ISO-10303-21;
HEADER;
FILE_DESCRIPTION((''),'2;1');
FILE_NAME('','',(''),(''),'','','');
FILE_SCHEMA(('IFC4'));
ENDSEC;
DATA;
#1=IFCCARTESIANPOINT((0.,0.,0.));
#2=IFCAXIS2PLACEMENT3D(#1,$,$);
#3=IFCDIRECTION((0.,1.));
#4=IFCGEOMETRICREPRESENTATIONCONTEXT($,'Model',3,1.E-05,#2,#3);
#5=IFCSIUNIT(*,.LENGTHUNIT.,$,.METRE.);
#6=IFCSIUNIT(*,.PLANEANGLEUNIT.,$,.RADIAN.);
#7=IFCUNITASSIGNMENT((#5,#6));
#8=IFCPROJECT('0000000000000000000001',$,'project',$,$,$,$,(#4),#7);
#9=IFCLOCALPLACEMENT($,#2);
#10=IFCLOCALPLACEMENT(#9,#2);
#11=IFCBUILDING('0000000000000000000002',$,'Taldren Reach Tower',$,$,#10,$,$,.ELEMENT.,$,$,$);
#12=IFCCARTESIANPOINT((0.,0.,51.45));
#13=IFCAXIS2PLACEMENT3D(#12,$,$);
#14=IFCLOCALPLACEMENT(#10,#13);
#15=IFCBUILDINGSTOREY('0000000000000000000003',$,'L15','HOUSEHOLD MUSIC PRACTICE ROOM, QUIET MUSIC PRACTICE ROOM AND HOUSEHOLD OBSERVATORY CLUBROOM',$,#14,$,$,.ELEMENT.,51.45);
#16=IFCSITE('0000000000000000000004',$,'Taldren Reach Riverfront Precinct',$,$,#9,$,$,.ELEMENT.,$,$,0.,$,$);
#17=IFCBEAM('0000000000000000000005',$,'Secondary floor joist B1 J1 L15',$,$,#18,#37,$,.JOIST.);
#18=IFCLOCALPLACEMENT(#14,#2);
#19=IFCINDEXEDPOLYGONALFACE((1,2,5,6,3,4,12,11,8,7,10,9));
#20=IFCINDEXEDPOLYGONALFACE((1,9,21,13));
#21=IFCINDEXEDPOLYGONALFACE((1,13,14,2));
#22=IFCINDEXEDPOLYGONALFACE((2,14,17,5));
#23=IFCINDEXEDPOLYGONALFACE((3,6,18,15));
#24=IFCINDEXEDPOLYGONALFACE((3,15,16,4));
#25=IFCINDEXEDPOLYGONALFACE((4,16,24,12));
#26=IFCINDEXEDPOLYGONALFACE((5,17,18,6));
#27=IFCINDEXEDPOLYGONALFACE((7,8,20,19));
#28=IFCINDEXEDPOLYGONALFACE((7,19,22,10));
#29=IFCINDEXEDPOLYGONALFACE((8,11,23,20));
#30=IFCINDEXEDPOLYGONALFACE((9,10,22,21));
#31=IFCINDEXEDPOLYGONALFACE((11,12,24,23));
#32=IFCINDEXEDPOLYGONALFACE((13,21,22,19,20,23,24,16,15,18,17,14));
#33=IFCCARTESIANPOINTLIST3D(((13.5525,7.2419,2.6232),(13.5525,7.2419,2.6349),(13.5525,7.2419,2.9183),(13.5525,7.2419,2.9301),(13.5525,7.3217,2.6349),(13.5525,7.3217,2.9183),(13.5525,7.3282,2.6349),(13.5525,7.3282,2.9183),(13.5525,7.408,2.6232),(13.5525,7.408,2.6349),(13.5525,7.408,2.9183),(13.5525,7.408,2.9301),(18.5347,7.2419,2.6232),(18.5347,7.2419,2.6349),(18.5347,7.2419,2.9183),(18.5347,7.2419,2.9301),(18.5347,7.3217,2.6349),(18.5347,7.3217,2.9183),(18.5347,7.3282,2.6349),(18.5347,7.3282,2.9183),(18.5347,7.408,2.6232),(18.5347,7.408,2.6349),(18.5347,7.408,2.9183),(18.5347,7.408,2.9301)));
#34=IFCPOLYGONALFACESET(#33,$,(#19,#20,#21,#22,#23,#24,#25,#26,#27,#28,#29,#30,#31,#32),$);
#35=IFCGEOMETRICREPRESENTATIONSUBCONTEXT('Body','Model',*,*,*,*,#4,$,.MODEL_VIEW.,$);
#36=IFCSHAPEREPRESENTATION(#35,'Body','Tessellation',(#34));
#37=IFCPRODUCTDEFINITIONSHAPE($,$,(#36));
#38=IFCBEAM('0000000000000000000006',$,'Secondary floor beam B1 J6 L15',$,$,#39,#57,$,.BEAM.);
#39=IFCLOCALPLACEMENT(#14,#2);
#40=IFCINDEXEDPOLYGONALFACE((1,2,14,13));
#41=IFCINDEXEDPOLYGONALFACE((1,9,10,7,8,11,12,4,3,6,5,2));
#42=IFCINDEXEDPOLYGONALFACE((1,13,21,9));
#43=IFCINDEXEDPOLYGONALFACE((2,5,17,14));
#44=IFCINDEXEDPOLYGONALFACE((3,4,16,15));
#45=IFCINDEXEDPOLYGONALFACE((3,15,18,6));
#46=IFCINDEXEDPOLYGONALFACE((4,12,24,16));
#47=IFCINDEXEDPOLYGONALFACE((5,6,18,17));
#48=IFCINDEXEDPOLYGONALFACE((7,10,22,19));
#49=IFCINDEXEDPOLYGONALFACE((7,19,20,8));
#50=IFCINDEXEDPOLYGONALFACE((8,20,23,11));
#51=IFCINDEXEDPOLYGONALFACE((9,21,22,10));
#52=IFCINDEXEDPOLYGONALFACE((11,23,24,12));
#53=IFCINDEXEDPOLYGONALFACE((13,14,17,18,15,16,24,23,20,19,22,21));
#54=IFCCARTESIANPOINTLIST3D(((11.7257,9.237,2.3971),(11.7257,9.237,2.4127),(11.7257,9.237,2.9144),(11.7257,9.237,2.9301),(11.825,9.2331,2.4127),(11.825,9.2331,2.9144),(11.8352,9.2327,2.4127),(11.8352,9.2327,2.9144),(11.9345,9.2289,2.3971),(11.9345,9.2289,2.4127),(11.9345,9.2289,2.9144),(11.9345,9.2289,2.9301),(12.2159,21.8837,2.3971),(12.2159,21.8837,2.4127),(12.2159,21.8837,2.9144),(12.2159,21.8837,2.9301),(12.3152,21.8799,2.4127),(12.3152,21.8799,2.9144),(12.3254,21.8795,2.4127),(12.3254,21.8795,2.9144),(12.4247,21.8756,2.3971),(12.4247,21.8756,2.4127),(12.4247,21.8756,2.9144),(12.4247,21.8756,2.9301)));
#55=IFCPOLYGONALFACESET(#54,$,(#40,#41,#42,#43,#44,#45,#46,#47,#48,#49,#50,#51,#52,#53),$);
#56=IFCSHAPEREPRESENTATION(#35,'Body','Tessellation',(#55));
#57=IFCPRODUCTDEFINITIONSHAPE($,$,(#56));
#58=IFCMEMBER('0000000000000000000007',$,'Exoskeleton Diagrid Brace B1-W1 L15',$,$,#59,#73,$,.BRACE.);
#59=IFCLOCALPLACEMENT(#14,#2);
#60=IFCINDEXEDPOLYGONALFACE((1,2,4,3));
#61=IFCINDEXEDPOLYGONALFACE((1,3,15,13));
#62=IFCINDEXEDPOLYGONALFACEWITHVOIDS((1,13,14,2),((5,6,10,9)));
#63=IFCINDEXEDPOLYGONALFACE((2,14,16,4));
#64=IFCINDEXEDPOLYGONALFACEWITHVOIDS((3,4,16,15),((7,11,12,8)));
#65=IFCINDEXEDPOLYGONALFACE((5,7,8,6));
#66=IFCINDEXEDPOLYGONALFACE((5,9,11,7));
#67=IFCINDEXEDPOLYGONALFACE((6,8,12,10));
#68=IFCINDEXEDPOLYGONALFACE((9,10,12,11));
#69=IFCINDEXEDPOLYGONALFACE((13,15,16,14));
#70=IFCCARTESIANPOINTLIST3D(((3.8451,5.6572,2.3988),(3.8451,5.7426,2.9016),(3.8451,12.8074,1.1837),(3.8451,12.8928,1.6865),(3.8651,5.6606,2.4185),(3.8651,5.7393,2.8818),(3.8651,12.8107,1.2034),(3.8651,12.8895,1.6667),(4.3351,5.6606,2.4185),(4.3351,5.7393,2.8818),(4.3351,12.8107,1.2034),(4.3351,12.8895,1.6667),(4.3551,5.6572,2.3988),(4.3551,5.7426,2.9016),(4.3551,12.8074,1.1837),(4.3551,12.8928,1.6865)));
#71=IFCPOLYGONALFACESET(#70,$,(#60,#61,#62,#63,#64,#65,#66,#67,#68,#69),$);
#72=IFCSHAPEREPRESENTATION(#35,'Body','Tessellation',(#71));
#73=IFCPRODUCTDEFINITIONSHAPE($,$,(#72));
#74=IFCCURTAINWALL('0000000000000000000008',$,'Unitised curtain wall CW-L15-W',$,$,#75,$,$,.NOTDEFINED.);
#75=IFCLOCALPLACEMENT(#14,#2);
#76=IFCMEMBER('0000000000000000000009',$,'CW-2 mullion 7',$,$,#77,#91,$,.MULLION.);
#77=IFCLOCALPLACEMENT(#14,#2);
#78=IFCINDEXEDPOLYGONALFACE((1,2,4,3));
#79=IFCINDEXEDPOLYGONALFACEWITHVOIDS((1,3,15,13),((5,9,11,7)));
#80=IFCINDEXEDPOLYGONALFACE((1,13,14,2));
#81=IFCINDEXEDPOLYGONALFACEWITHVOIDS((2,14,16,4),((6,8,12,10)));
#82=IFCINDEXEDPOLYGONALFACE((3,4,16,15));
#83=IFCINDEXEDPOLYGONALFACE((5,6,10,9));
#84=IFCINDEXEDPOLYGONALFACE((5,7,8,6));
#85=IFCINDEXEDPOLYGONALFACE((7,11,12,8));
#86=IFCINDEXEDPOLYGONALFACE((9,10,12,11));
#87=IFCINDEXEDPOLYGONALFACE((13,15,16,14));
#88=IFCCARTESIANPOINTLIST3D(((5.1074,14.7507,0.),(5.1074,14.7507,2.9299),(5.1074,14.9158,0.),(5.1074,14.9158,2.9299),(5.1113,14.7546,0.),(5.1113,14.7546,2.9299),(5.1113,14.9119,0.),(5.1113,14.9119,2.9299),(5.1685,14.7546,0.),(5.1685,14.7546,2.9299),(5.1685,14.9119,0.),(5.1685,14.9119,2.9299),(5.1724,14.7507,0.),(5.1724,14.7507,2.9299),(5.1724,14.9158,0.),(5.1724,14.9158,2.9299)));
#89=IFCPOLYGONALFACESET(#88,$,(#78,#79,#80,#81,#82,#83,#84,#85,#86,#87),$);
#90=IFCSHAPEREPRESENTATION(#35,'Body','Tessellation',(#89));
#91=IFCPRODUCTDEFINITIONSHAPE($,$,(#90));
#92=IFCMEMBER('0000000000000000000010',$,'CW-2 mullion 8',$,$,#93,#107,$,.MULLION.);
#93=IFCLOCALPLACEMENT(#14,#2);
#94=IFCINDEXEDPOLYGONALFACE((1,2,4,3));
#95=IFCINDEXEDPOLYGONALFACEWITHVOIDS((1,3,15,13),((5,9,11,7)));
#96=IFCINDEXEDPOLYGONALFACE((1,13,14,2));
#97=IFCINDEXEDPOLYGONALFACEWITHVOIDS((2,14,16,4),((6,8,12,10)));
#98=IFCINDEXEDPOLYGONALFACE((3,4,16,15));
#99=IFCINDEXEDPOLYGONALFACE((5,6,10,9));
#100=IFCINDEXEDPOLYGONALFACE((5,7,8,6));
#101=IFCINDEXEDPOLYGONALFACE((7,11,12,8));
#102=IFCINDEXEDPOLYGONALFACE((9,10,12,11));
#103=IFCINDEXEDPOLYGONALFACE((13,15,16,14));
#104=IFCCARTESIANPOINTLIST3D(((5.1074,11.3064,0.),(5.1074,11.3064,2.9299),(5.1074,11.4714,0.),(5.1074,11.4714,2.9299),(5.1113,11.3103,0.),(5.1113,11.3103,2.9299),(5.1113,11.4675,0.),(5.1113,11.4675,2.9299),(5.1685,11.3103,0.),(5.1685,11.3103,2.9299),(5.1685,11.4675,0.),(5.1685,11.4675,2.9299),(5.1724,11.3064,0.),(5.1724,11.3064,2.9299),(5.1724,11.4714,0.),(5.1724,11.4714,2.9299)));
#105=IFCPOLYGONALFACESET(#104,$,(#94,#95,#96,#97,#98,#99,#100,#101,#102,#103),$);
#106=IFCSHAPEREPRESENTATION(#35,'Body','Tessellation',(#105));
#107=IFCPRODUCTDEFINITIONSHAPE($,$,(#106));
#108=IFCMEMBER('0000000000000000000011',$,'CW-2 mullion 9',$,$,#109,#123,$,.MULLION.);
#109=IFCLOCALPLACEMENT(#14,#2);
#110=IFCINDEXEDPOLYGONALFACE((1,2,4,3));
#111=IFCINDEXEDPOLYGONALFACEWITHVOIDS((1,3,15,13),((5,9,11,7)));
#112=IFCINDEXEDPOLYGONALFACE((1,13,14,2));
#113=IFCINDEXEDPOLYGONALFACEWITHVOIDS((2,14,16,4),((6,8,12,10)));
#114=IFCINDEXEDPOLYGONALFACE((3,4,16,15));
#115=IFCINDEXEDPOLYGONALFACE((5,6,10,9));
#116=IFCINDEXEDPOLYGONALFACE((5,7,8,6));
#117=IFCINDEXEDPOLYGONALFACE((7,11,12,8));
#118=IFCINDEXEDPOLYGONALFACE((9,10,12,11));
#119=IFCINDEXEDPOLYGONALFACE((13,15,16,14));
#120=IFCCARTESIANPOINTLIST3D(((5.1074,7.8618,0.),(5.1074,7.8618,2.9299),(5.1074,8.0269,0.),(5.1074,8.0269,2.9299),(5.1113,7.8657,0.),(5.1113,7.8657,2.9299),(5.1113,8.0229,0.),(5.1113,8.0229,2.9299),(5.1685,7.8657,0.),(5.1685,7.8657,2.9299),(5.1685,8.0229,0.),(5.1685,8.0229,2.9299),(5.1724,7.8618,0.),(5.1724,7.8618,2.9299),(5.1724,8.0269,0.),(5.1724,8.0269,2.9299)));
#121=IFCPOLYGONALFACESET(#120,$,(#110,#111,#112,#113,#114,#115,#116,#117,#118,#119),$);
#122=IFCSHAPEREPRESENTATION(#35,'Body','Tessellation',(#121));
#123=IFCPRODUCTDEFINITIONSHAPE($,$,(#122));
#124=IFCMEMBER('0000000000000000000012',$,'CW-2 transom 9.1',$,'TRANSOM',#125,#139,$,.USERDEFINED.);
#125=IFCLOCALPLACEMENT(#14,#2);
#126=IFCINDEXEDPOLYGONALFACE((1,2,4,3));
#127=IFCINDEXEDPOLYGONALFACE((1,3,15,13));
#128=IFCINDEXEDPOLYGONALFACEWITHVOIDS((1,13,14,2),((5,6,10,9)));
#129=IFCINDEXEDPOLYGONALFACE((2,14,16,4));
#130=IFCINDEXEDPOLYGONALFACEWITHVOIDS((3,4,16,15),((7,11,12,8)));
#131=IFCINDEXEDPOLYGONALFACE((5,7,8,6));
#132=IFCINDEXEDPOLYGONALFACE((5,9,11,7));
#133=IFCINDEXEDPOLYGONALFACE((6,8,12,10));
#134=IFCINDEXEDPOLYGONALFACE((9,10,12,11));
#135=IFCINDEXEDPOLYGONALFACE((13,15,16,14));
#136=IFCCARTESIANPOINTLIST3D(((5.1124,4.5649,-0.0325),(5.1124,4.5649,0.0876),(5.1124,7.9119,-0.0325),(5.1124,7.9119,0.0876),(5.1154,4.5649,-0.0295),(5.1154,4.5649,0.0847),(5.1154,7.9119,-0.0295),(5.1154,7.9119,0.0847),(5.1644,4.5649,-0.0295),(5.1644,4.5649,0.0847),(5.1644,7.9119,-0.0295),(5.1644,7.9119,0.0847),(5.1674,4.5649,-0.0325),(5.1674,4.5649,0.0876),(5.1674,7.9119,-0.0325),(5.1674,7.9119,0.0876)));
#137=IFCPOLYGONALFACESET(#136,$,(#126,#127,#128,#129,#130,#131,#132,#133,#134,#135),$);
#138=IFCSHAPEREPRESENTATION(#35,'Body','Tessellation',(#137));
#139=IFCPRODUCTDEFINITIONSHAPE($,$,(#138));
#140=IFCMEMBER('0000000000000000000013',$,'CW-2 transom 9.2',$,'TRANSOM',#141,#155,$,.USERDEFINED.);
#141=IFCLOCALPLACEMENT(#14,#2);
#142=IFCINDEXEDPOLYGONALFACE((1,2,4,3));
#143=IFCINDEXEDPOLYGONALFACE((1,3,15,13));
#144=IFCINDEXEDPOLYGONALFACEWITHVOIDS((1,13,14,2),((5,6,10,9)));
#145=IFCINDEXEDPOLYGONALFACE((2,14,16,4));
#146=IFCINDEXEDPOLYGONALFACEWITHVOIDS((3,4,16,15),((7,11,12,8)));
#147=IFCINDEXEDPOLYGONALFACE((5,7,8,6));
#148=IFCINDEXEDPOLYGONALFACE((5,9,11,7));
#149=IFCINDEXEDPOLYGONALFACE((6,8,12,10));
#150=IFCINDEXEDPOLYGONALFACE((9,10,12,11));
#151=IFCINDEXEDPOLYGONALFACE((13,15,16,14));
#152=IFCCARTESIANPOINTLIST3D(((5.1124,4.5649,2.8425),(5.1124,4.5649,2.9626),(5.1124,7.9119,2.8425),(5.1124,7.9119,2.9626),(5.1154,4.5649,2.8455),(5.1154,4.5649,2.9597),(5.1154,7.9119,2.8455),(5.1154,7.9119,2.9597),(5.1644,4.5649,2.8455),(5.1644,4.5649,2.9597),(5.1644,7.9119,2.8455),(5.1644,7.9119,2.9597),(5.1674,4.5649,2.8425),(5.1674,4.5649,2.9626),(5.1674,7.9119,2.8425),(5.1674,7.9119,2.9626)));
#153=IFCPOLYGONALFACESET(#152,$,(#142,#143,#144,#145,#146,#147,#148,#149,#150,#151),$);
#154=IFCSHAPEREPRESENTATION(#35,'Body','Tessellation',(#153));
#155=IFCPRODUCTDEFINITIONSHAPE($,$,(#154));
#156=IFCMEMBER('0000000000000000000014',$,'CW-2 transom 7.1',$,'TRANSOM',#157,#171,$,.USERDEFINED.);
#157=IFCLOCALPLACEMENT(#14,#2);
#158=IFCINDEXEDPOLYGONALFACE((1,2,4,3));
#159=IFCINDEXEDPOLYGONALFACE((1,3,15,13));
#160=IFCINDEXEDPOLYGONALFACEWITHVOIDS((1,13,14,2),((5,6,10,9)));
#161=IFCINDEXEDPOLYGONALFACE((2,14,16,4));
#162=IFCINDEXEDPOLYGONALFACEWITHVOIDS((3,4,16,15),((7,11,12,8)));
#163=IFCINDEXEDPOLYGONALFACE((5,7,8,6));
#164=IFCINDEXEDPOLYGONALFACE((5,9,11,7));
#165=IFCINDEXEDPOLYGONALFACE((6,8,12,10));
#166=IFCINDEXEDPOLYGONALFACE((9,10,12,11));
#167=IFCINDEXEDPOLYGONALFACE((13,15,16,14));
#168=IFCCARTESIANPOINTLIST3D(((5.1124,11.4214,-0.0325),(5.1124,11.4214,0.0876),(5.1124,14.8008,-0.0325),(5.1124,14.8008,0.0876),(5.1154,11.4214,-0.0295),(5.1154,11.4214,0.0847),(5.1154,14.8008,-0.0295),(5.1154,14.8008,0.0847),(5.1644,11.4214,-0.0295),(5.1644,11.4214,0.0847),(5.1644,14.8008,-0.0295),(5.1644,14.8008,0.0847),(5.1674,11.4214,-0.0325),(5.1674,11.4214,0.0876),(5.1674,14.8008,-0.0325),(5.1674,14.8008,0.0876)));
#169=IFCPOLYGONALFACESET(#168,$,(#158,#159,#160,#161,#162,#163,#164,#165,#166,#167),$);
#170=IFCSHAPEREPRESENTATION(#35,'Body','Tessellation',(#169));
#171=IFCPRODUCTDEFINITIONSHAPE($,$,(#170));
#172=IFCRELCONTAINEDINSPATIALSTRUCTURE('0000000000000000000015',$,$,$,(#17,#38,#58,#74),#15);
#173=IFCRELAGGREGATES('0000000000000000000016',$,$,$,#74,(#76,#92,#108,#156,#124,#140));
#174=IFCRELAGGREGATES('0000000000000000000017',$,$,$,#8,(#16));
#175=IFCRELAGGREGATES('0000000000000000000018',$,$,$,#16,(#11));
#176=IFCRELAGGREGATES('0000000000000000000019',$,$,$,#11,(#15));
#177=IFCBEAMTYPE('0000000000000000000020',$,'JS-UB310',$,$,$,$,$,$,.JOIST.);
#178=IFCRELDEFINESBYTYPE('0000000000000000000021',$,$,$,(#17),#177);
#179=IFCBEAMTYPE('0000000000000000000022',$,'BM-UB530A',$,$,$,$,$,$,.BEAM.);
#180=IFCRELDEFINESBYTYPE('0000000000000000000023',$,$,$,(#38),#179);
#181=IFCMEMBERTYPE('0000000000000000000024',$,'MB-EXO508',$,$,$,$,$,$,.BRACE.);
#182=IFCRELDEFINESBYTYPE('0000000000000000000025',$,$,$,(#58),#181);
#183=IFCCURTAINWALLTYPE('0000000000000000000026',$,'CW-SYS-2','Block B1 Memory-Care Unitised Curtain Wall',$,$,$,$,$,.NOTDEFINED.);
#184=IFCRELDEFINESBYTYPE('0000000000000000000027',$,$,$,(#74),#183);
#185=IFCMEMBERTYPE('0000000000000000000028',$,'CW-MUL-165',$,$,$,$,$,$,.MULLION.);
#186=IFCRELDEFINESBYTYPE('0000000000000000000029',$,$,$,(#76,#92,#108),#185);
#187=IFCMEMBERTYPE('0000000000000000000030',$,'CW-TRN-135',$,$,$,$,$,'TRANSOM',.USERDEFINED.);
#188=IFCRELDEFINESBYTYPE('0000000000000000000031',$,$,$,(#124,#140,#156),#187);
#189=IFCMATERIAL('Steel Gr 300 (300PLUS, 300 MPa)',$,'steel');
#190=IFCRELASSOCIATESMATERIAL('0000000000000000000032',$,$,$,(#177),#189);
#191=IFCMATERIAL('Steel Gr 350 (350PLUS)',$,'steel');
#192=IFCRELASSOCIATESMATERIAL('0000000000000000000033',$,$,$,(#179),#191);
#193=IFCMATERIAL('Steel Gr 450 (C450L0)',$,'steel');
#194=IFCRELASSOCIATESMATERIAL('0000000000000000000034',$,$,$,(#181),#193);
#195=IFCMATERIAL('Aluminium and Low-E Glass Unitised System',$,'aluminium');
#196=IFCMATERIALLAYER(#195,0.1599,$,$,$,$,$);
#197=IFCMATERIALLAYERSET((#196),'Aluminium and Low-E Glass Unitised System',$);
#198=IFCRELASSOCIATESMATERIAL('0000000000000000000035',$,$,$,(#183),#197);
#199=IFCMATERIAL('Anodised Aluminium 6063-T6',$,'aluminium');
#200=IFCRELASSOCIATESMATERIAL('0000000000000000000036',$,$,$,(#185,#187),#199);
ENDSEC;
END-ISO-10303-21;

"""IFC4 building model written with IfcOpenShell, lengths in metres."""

from ifc_helpers import new_model, si_unit, direction, frame, origin, origin_2d, place, context, subcontext, project, spatial, hollow_rectangle, i_section, extrude, source, transform, mapped, material, layer, layer_set, material_profile, profile_set, type_object, element, aggregate, save


model = new_model("IFC4")

# Units and contexts
model_context = context("Model", 3, precision=1e-05, world=origin(), true_north=direction((0.0, 1.0)))
body_context = subcontext(model_context, "Body", "Model", "MODEL_VIEW")
ifc_project = project(units=[si_unit("LENGTHUNIT", "METRE"), si_unit("PLANEANGLEUNIT", "RADIAN")], contexts=[model_context])

# Site, building, storey
site_placement = place(None, origin())
site = spatial("IfcSite", under=ifc_project, at=site_placement, Name="Taldren Reach Riverfront Precinct", CompositionType="ELEMENT", RefElevation=0.0)
building_placement = place(site_placement, origin())
building = spatial("IfcBuilding", under=site, at=building_placement, Name="Taldren Reach Tower", CompositionType="ELEMENT")
storey_placement = place(building_placement, frame((0.0, 0.0, 51.45)))
storey = spatial("IfcBuildingStorey", under=building, at=storey_placement, Name="L15", Description="HOUSEHOLD MUSIC PRACTICE ROOM, QUIET MUSIC PRACTICE ROOM AND HOUSEHOLD OBSERVATORY CLUBROOM", CompositionType="ELEMENT", Elevation=51.45)

# Beams
ifc_material_1 = material(Name="Steel Gr 300 (300PLUS, 300 MPa)", Category="steel")
ifc_material_profile_1 = material_profile(ifc_material_1, i_section(OverallWidth=0.166, OverallDepth=0.3069, WebThickness=0.0066, FlangeThickness=0.0117, at=origin_2d()), Name="310UB46.2")
ifc_profile_set_1 = profile_set([ifc_material_profile_1], Name="Steel Gr 300 (300PLUS, 300 MPa)")
beam_type_1 = type_object("IfcBeamType", Name="JS-UB310", PredefinedType="JOIST", material=ifc_profile_set_1)
shared_shape_1 = source(origin(), body_context, "Body", "SweptSolid", [
    extrude(i_section(OverallWidth=0.166, OverallDepth=0.3069, WebThickness=0.0066, FlangeThickness=0.0117, at=origin_2d()), origin(), (0.0, 0.0, 1.0), 4.9822),
])
beam_1_placement = place(storey_placement, frame((13.5525, 7.325, 2.7766), z_axis=(1.0, 0.0, 0.0), x_axis=(0.0, 1.0, 0.0)))
element("IfcBeam", 1, at=beam_1_placement, inside=storey, type_object=beam_type_1, Name="Secondary floor joist B1 J1 L15", PredefinedType="JOIST", context=body_context, shape_type="MappedRepresentation", body=[
    mapped(shared_shape_1, transform((0.0, 0.0, 0.0), scale=1.0)),
])
ifc_material_2 = material(Name="Steel Gr 350 (350PLUS)", Category="steel")
ifc_material_profile_2 = material_profile(ifc_material_2, i_section(OverallWidth=0.209, OverallDepth=0.533, WebThickness=0.0103, FlangeThickness=0.0156, at=origin_2d()), Name="530UB92.4")
ifc_profile_set_2 = profile_set([ifc_material_profile_2], Name="Steel Gr 350 (350PLUS)")
beam_type_2 = type_object("IfcBeamType", Name="BM-UB530A", PredefinedType="BEAM", material=ifc_profile_set_2)
shared_shape_2 = source(origin(), body_context, "Body", "SweptSolid", [
    extrude(i_section(OverallWidth=0.209, OverallDepth=0.533, WebThickness=0.0103, FlangeThickness=0.0156, at=origin_2d()), origin(), (0.0, 0.0, 1.0), 12.6562),
])
beam_2_placement = place(storey_placement, frame((11.8301, 9.2329, 2.6636), z_axis=(0.038735, 0.99925, 0.0), x_axis=(-0.99925, 0.038735, 0.0)))
element("IfcBeam", 2, at=beam_2_placement, inside=storey, type_object=beam_type_2, Name="Secondary floor beam B1 J6 L15", PredefinedType="BEAM", context=body_context, shape_type="MappedRepresentation", body=[
    mapped(shared_shape_2, transform((0.0, 0.0, 0.0), scale=1.0)),
])

# Member
ifc_material_3 = material(Name="Steel Gr 450 (C450L0)", Category="steel")
ifc_material_profile_3 = material_profile(ifc_material_3, hollow_rectangle(XDim=0.51, YDim=0.51, WallThickness=0.02, at=origin_2d()), Name="510x510x20.0SHS")
ifc_profile_set_3 = profile_set([ifc_material_profile_3], Name="Steel Gr 450 (C450L0)")
member_type_1 = type_object("IfcMemberType", Name="MB-EXO508", PredefinedType="BRACE", material=ifc_profile_set_3)
shared_shape_3 = source(origin(), body_context, "Body", "SweptSolid", [
    extrude(hollow_rectangle(XDim=0.51, YDim=0.51, WallThickness=0.02, at=origin_2d()), origin(), (0.0, 0.0, 1.0), 7.2527),
])
member_1_placement = place(storey_placement, frame((4.1001, 12.8501, 1.4351), z_axis=(0.0, -0.985866, 0.167537), x_axis=(1.0, 0.0, 0.0)))
element("IfcMember", 3, at=member_1_placement, inside=storey, type_object=member_type_1, Name="Exoskeleton Diagrid Brace B1-W1 L15", PredefinedType="BRACE", context=body_context, shape_type="MappedRepresentation", body=[
    mapped(shared_shape_3, transform((0.0, 0.0, 0.0), scale=1.0)),
])

# Curtain wall, members
ifc_material_4 = material(Name="Aluminium and Low-E Glass Unitised System", Category="aluminium")
ifc_layer_1 = layer(ifc_material_4, 0.1599)
ifc_layer_set_1 = layer_set([ifc_layer_1], Name="Aluminium and Low-E Glass Unitised System")
curtain_wall_type = type_object("IfcCurtainWallType", Name="CW-SYS-2", Description="Block B1 Memory-Care Unitised Curtain Wall", PredefinedType="NOTDEFINED", material=ifc_layer_set_1)
curtain_wall_placement = place(storey_placement, origin())
curtain_wall = element("IfcCurtainWall", 4, at=curtain_wall_placement, inside=storey, type_object=curtain_wall_type, Name="Unitised curtain wall CW-L15-W", PredefinedType="NOTDEFINED")
ifc_material_5 = material(Name="Anodised Aluminium 6063-T6", Category="aluminium")
ifc_material_profile_4 = material_profile(ifc_material_5, hollow_rectangle(XDim=0.0649, YDim=0.165, WallThickness=0.0039, at=origin_2d()), Name="ALU-165x65x4RHS")
ifc_profile_set_4 = profile_set([ifc_material_profile_4], Name="Anodised Aluminium 6063-T6")
member_type_2 = type_object("IfcMemberType", Name="CW-MUL-165", PredefinedType="MULLION", material=ifc_profile_set_4)
shared_shape_4 = source(origin(), body_context, "Body", "SweptSolid", [
    extrude(hollow_rectangle(XDim=0.0649, YDim=0.165, WallThickness=0.0039, at=origin_2d()), origin(), (0.0, 0.0, 1.0), 2.9299),
])
member_2_placement = place(storey_placement, frame((5.1399, 14.8333, 0.0), z_axis=(0.0, 0.0, 1.0), x_axis=(1.0, 0.0, 0.0)))
member_2 = element("IfcMember", 5, at=member_2_placement, type_object=member_type_2, Name="CW-2 mullion 7", PredefinedType="MULLION", context=body_context, shape_type="MappedRepresentation", body=[
    mapped(shared_shape_4, transform((0.0, 0.0, 0.0), scale=1.0)),
])
member_3_placement = place(storey_placement, frame((5.1399, 11.3889, 0.0), z_axis=(0.0, 0.0, 1.0), x_axis=(1.0, 0.0, 0.0)))
member_3 = element("IfcMember", 6, at=member_3_placement, type_object=member_type_2, Name="CW-2 mullion 8", PredefinedType="MULLION", context=body_context, shape_type="MappedRepresentation", body=[
    mapped(shared_shape_4, transform((0.0, 0.0, 0.0), scale=1.0)),
])
member_4_placement = place(storey_placement, frame((5.1399, 7.9443, 0.0), z_axis=(0.0, 0.0, 1.0), x_axis=(1.0, 0.0, 0.0)))
member_4 = element("IfcMember", 7, at=member_4_placement, type_object=member_type_2, Name="CW-2 mullion 9", PredefinedType="MULLION", context=body_context, shape_type="MappedRepresentation", body=[
    mapped(shared_shape_4, transform((0.0, 0.0, 0.0), scale=1.0)),
])
ifc_material_profile_5 = material_profile(ifc_material_5, hollow_rectangle(XDim=0.0549, YDim=0.1201, WallThickness=0.0029, at=origin_2d()), Name="ALU-120x55x3RHS")
ifc_profile_set_5 = profile_set([ifc_material_profile_5], Name="Anodised Aluminium 6063-T6")
member_type_3 = type_object("IfcMemberType", Name="CW-TRN-135", ElementType="TRANSOM", PredefinedType="USERDEFINED", material=ifc_profile_set_5)
shared_shape_5 = source(origin(), body_context, "Body", "SweptSolid", [
    extrude(hollow_rectangle(XDim=0.0549, YDim=0.1201, WallThickness=0.0029, at=origin_2d()), origin(), (0.0, 0.0, 1.0), 3.3469),
])
member_5_placement = place(storey_placement, frame((5.1399, 7.9119, 0.0276), z_axis=(0.0, -1.0, 0.0), x_axis=(1.0, 0.0, 0.0)))
member_5 = element("IfcMember", 8, at=member_5_placement, type_object=member_type_3, Name="CW-2 transom 9.1", ObjectType="TRANSOM", PredefinedType="USERDEFINED", context=body_context, shape_type="MappedRepresentation", body=[
    mapped(shared_shape_5, transform((0.0, 0.0, 0.0), scale=1.0)),
])
member_6_placement = place(storey_placement, frame((5.1399, 7.9119, 2.9026), z_axis=(0.0, -1.0, 0.0), x_axis=(1.0, 0.0, 0.0)))
member_6 = element("IfcMember", 9, at=member_6_placement, type_object=member_type_3, Name="CW-2 transom 9.2", ObjectType="TRANSOM", PredefinedType="USERDEFINED", context=body_context, shape_type="MappedRepresentation", body=[
    mapped(shared_shape_5, transform((0.0, 0.0, 0.0), scale=1.0)),
])
shared_shape_6 = source(origin(), body_context, "Body", "SweptSolid", [
    extrude(hollow_rectangle(XDim=0.0549, YDim=0.1201, WallThickness=0.0029, at=origin_2d()), origin(), (0.0, 0.0, 1.0), 3.3794),
])
member_7_placement = place(storey_placement, frame((5.1399, 14.8008, 0.0276), z_axis=(0.0, -1.0, 0.0), x_axis=(1.0, 0.0, 0.0)))
member_7 = element("IfcMember", 10, at=member_7_placement, type_object=member_type_3, Name="CW-2 transom 7.1", ObjectType="TRANSOM", PredefinedType="USERDEFINED", context=body_context, shape_type="MappedRepresentation", body=[
    mapped(shared_shape_6, transform((0.0, 0.0, 0.0), scale=1.0)),
])
aggregate(curtain_wall, [member_2, member_3, member_4, member_7, member_5, member_6])

save(model, "model.ifc")
